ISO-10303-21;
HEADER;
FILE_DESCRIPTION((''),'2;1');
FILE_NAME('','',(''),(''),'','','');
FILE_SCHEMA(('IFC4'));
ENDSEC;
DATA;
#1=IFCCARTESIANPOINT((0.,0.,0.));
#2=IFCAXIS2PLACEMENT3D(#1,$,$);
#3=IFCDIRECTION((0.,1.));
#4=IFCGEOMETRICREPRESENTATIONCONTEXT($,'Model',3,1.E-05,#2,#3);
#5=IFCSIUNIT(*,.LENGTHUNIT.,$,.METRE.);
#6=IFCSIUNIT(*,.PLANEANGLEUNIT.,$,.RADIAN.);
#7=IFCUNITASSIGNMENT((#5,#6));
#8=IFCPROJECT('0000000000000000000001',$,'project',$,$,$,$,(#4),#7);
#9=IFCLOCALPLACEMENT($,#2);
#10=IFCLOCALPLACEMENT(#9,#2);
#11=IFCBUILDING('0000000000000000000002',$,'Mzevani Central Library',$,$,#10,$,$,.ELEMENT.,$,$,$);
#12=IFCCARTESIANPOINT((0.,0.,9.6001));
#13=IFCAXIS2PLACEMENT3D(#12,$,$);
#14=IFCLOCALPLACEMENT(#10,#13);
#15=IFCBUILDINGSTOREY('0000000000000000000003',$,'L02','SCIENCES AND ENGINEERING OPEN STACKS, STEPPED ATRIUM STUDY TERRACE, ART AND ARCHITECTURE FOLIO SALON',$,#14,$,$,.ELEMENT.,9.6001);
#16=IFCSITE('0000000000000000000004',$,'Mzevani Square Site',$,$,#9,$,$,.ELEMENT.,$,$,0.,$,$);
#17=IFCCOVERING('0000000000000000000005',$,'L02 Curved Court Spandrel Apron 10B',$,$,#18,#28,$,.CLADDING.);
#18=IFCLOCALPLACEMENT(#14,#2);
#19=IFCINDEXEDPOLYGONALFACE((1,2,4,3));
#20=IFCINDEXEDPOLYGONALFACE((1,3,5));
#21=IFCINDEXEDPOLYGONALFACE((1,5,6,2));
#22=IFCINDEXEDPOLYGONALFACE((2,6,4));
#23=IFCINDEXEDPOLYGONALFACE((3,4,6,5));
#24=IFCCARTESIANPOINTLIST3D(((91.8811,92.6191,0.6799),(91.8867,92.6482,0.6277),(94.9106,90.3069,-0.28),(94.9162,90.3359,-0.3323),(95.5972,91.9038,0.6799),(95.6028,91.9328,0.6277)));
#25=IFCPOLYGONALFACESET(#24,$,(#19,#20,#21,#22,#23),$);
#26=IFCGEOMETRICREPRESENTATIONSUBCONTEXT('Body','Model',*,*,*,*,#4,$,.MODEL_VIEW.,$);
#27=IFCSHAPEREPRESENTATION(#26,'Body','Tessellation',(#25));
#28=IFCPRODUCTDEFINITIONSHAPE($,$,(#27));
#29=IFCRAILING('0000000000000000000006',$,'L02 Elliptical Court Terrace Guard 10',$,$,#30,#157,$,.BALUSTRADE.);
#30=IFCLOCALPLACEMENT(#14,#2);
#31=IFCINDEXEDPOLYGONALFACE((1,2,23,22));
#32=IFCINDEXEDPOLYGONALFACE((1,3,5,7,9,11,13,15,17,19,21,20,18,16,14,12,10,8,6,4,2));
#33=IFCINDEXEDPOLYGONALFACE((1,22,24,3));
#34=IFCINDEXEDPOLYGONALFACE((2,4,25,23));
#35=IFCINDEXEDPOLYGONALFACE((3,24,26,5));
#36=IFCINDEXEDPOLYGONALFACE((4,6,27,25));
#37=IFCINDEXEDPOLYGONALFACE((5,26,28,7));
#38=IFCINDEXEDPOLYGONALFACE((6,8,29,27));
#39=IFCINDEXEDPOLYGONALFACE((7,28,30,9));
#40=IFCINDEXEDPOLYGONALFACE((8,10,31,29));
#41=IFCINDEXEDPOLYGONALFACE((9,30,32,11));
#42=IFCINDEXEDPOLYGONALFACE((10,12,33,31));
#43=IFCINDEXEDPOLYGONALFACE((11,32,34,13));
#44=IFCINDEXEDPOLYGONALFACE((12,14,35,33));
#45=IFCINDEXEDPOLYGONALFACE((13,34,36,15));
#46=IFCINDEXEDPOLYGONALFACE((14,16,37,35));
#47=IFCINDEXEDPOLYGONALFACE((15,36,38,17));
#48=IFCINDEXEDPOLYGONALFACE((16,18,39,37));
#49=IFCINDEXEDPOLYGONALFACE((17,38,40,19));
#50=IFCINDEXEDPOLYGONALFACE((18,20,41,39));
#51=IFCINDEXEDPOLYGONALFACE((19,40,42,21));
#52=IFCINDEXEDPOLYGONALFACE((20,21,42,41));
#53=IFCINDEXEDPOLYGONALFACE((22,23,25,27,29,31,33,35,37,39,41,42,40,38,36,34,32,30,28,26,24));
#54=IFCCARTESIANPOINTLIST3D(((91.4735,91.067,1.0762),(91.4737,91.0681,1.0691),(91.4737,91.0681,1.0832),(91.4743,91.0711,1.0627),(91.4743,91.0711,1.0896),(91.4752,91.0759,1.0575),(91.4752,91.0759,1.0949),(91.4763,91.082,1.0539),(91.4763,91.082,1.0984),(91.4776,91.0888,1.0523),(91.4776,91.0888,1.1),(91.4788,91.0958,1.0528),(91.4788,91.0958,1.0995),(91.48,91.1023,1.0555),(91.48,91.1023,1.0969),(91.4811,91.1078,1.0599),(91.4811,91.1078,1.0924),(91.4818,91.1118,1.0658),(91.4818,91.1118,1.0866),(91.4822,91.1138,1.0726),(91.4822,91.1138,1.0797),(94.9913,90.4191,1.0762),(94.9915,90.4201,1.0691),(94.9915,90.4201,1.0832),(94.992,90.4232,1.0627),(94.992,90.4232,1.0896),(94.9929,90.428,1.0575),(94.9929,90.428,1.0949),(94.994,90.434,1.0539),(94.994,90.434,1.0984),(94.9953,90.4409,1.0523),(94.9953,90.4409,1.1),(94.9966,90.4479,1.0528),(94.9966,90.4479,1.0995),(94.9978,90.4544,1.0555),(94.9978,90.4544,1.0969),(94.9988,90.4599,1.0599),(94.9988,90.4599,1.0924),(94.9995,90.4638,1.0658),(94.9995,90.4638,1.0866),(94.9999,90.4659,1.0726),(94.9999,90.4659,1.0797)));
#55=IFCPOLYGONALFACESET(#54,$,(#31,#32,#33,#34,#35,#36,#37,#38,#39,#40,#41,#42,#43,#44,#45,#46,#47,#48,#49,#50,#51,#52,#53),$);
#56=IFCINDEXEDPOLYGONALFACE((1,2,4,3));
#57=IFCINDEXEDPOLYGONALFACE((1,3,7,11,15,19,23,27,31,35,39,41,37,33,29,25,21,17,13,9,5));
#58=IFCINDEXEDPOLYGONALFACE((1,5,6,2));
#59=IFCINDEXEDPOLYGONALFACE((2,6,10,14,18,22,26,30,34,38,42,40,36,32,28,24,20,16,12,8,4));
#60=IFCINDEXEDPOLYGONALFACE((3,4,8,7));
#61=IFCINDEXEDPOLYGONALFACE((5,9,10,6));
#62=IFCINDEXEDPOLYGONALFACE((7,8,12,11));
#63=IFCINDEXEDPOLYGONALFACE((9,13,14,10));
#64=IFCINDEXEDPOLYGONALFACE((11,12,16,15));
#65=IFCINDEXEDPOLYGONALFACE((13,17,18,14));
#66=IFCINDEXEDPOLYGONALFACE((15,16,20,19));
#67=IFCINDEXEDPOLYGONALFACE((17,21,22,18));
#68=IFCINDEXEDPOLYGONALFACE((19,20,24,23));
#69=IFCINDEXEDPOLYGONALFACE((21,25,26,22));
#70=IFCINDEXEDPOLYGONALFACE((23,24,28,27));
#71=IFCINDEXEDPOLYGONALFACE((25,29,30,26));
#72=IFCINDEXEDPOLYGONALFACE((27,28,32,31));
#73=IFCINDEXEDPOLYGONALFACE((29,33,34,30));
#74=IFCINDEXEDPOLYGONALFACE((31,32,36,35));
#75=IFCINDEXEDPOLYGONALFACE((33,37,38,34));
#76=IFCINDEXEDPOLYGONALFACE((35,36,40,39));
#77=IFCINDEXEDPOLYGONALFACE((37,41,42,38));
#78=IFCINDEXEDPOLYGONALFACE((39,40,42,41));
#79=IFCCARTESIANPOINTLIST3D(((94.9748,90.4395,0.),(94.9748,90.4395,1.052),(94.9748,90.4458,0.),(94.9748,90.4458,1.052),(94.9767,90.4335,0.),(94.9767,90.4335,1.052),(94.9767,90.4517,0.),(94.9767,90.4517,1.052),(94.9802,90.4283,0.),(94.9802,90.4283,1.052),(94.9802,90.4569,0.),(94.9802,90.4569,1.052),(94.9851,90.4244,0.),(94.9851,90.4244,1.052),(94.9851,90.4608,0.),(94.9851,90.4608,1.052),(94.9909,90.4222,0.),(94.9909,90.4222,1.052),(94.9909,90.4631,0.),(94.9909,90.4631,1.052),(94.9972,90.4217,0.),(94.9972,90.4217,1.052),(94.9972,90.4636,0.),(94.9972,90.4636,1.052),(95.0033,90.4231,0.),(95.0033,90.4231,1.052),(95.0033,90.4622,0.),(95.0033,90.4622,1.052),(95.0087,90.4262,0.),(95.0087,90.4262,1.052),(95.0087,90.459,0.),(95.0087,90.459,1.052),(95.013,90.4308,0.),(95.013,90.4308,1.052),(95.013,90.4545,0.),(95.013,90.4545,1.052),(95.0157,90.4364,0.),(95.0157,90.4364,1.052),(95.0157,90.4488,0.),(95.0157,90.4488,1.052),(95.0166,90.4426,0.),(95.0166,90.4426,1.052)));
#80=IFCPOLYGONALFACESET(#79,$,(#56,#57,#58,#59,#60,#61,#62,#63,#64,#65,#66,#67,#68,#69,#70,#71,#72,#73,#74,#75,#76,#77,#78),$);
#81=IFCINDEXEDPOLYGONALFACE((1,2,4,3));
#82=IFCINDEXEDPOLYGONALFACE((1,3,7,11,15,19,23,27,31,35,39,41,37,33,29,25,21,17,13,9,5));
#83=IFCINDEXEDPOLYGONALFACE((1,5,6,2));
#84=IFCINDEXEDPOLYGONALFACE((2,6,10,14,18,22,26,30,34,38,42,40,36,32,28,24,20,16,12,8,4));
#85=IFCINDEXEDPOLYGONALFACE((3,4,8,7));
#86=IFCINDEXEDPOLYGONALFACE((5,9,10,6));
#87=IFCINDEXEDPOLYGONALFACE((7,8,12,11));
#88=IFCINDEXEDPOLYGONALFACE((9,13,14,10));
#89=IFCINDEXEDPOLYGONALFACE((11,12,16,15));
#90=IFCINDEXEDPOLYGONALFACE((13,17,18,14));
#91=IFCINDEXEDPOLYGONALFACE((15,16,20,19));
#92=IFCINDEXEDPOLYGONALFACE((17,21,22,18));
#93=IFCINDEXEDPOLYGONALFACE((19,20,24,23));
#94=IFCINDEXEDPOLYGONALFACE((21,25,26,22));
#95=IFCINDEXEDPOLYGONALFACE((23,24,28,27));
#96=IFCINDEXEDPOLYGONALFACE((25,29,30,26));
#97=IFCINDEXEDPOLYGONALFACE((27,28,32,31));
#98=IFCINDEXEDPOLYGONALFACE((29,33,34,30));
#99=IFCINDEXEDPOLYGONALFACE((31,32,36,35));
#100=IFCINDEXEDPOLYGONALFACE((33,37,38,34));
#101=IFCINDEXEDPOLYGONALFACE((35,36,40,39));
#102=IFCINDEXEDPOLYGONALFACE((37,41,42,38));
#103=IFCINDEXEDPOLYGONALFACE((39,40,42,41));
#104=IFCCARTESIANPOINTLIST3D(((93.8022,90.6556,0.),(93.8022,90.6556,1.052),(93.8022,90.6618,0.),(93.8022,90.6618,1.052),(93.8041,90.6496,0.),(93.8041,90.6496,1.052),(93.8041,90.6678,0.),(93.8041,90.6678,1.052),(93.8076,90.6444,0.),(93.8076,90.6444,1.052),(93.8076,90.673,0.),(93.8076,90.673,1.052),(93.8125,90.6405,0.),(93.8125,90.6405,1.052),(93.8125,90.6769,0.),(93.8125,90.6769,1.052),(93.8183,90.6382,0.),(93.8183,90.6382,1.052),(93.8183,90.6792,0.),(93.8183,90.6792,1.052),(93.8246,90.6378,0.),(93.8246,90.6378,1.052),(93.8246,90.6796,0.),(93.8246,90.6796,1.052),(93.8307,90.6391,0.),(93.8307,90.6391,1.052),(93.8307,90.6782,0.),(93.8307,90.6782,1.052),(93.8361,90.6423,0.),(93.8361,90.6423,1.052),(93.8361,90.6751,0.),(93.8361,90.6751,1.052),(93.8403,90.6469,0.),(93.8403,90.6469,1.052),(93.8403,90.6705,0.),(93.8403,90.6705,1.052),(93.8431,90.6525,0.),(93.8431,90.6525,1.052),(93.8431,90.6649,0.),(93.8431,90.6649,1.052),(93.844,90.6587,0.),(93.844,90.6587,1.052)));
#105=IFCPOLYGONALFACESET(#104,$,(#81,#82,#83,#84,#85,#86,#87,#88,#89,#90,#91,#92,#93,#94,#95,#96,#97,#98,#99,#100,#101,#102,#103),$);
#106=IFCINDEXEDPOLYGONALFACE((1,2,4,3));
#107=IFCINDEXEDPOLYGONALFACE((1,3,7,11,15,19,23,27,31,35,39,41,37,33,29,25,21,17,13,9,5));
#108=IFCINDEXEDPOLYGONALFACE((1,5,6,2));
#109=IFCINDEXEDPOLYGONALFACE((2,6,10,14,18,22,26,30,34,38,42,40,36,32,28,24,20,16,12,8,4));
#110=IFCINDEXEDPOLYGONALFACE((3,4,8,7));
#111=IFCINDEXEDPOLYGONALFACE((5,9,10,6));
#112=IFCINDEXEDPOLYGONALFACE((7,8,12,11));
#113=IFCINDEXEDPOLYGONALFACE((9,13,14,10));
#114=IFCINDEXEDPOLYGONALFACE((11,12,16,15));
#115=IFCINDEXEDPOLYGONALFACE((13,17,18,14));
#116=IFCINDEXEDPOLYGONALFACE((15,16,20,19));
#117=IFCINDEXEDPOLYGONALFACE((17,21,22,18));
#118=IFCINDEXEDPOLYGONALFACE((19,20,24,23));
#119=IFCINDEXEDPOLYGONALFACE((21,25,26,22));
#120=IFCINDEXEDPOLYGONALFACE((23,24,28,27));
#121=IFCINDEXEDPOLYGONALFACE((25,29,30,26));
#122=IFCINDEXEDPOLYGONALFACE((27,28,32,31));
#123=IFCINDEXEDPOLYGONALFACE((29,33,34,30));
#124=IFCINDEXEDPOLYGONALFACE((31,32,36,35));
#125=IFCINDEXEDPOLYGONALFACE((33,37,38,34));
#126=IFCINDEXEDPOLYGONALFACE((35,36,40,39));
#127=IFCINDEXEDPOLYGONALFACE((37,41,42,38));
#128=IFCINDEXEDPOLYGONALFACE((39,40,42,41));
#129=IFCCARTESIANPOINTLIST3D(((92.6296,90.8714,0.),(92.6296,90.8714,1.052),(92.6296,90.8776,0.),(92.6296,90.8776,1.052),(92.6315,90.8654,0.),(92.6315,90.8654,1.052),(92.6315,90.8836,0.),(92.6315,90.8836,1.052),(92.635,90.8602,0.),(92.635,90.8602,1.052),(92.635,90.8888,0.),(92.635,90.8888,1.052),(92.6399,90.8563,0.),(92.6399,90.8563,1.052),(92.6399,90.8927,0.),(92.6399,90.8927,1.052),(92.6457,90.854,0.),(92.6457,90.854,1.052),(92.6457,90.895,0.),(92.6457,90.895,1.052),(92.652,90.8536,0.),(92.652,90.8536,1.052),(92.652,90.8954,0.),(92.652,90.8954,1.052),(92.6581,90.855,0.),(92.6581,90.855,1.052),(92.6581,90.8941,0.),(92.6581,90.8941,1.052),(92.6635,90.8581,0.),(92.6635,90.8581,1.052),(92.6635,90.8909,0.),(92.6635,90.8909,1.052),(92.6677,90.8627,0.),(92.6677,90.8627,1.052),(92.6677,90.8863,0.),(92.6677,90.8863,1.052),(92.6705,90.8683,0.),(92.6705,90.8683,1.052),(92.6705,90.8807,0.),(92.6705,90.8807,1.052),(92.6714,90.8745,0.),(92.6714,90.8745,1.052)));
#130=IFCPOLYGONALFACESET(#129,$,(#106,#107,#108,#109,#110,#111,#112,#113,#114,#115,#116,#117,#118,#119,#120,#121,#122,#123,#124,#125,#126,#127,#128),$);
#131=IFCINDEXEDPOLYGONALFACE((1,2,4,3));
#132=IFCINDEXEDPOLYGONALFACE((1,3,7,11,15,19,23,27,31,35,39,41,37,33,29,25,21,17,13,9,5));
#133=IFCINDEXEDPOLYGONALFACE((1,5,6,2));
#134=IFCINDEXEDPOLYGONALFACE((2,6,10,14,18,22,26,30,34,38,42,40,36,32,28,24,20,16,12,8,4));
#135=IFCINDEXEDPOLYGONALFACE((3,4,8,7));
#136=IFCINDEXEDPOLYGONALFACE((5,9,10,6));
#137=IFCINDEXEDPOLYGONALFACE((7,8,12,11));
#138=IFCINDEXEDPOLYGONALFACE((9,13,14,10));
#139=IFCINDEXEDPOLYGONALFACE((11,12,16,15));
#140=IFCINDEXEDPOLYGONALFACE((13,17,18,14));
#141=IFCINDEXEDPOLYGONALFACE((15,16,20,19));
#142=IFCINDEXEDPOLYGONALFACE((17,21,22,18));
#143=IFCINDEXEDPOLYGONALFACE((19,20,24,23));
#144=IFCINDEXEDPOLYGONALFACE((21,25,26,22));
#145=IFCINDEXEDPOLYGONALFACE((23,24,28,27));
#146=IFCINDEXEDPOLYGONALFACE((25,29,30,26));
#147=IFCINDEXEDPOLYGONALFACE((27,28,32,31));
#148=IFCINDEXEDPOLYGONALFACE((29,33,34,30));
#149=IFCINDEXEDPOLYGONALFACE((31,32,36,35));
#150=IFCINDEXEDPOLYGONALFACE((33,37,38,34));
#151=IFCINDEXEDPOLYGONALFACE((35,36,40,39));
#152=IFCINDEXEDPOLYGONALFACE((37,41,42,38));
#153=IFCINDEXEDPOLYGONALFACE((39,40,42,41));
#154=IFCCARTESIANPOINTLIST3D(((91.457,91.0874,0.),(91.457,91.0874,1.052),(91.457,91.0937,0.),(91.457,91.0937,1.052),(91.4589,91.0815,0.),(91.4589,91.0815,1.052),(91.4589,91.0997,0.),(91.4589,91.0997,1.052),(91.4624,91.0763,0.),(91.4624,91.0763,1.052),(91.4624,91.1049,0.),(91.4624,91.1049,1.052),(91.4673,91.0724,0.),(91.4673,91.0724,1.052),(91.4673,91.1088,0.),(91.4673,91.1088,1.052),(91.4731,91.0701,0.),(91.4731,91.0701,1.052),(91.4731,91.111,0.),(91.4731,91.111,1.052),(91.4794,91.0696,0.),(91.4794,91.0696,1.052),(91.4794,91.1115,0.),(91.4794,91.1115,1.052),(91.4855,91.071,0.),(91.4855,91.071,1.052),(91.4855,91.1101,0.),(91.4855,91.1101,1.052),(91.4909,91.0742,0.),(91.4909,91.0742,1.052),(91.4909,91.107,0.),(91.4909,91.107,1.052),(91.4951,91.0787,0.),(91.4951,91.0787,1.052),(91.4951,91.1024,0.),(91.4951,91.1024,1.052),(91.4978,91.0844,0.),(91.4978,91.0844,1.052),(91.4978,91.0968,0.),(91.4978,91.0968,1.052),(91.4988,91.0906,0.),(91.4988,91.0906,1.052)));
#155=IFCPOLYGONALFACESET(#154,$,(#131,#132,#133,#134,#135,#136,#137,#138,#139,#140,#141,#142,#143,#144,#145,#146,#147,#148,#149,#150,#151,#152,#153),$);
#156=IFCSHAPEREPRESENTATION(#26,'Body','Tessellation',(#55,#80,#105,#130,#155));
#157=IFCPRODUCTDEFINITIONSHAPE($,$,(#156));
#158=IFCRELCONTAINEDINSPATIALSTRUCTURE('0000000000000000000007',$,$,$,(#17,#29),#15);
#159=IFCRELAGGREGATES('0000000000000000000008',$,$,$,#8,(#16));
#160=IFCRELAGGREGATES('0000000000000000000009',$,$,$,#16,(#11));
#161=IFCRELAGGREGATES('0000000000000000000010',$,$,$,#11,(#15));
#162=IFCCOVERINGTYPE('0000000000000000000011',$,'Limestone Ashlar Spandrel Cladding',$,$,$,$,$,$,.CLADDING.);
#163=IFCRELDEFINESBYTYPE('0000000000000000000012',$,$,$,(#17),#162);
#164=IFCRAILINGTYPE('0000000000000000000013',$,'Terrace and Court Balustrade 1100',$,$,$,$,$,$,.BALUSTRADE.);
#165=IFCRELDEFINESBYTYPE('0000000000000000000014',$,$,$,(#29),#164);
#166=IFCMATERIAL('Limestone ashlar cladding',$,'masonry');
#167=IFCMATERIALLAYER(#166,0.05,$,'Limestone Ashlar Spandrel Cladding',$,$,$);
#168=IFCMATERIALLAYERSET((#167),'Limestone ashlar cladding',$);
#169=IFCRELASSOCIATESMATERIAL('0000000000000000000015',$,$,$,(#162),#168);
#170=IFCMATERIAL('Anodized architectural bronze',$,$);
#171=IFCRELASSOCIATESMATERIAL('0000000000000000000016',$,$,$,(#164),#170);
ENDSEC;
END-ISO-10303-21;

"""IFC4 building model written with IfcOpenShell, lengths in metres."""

from ifc_helpers import new_model, si_unit, direction, frame, origin, origin_2d, place, context, subcontext, project, spatial, polyline, circle, outline, extrude, material, layer, layer_set, type_object, element, save


model = new_model("IFC4")

# Units and contexts
model_context = context("Model", 3, precision=1e-05, world=origin(), true_north=direction((0.0, 1.0)))
body_context = subcontext(model_context, "Body", "Model", "MODEL_VIEW")
ifc_project = project(units=[si_unit("LENGTHUNIT", "METRE"), si_unit("PLANEANGLEUNIT", "RADIAN")], contexts=[model_context])

# Site, building, storey
site_placement = place(None, origin())
site = spatial("IfcSite", under=ifc_project, at=site_placement, Name="Mzevani Square Site", CompositionType="ELEMENT", RefElevation=0.0)
building_placement = place(site_placement, origin())
building = spatial("IfcBuilding", under=site, at=building_placement, Name="Mzevani Central Library", CompositionType="ELEMENT")
storey_placement = place(building_placement, frame((0.0, 0.0, 9.6001)))
storey = spatial("IfcBuildingStorey", under=building, at=storey_placement, Name="L02", Description="SCIENCES AND ENGINEERING OPEN STACKS, STEPPED ATRIUM STUDY TERRACE, ART AND ARCHITECTURE FOLIO SALON", CompositionType="ELEMENT", Elevation=9.6001)

# Covering
ifc_material_1 = material(Name="Limestone ashlar cladding", Category="masonry")
ifc_layer_1 = layer(ifc_material_1, 0.05, Name="Limestone Ashlar Spandrel Cladding")
ifc_layer_set_1 = layer_set([ifc_layer_1], Name="Limestone ashlar cladding")
covering_type = type_object("IfcCoveringType", Name="Limestone Ashlar Spandrel Cladding", PredefinedType="CLADDING", material=ifc_layer_set_1)
covering_1_placement = place(storey_placement, frame((94.9106, 90.3069, -0.28), z_axis=(-0.093032, -0.483291, 0.870502), x_axis=(-0.770844, 0.588336, 0.244255)))
element("IfcCovering", 1, at=covering_1_placement, inside=storey, type_object=covering_type, Name="L02 Curved Court Spandrel Apron 10B", PredefinedType="CLADDING", context=body_context, shape_type="SweptSolid", body=[
    extrude(outline(polyline([(0.0, 0.0), (3.9302, 0.0), (0.6448, -1.8781), (0.0, 0.0)])), origin(), (0.0, 0.0, -1.0), 0.0601),
])

# Railing
ifc_material_2 = material(Name="Anodized architectural bronze")
railing_type = type_object("IfcRailingType", Name="Terrace and Court Balustrade 1100", PredefinedType="BALUSTRADE", material=ifc_material_2)
railing_placement = place(storey_placement, frame((94.9956, 90.4426, 0.0)))
element("IfcRailing", 2, at=railing_placement, inside=storey, type_object=railing_type, Name="L02 Elliptical Court Terrace Guard 10", PredefinedType="BALUSTRADE", context=body_context, shape_type="SweptSolid", body=[
    extrude(circle(Radius=0.0239, at=origin_2d()), frame((0.0, 0.0, 1.0762), z_axis=(-0.983457, 0.181143, 0.0), x_axis=(-0.181143, -0.983457, 0.0)), (0.0, 0.0, 1.0), 3.5769),
    extrude(circle(Radius=0.021, at=origin_2d()), origin(), (0.0, 0.0, 1.0), 1.052),
    extrude(circle(Radius=0.021, at=origin_2d()), frame((-1.1726, 0.2161, 0.0)), (0.0, 0.0, 1.0), 1.052),
    extrude(circle(Radius=0.021, at=origin_2d()), frame((-2.3452, 0.4319, 0.0)), (0.0, 0.0, 1.0), 1.052),
    extrude(circle(Radius=0.021, at=origin_2d()), frame((-3.5178, 0.6479, 0.0)), (0.0, 0.0, 1.0), 1.052),
])

save(model, "model.ifc")
